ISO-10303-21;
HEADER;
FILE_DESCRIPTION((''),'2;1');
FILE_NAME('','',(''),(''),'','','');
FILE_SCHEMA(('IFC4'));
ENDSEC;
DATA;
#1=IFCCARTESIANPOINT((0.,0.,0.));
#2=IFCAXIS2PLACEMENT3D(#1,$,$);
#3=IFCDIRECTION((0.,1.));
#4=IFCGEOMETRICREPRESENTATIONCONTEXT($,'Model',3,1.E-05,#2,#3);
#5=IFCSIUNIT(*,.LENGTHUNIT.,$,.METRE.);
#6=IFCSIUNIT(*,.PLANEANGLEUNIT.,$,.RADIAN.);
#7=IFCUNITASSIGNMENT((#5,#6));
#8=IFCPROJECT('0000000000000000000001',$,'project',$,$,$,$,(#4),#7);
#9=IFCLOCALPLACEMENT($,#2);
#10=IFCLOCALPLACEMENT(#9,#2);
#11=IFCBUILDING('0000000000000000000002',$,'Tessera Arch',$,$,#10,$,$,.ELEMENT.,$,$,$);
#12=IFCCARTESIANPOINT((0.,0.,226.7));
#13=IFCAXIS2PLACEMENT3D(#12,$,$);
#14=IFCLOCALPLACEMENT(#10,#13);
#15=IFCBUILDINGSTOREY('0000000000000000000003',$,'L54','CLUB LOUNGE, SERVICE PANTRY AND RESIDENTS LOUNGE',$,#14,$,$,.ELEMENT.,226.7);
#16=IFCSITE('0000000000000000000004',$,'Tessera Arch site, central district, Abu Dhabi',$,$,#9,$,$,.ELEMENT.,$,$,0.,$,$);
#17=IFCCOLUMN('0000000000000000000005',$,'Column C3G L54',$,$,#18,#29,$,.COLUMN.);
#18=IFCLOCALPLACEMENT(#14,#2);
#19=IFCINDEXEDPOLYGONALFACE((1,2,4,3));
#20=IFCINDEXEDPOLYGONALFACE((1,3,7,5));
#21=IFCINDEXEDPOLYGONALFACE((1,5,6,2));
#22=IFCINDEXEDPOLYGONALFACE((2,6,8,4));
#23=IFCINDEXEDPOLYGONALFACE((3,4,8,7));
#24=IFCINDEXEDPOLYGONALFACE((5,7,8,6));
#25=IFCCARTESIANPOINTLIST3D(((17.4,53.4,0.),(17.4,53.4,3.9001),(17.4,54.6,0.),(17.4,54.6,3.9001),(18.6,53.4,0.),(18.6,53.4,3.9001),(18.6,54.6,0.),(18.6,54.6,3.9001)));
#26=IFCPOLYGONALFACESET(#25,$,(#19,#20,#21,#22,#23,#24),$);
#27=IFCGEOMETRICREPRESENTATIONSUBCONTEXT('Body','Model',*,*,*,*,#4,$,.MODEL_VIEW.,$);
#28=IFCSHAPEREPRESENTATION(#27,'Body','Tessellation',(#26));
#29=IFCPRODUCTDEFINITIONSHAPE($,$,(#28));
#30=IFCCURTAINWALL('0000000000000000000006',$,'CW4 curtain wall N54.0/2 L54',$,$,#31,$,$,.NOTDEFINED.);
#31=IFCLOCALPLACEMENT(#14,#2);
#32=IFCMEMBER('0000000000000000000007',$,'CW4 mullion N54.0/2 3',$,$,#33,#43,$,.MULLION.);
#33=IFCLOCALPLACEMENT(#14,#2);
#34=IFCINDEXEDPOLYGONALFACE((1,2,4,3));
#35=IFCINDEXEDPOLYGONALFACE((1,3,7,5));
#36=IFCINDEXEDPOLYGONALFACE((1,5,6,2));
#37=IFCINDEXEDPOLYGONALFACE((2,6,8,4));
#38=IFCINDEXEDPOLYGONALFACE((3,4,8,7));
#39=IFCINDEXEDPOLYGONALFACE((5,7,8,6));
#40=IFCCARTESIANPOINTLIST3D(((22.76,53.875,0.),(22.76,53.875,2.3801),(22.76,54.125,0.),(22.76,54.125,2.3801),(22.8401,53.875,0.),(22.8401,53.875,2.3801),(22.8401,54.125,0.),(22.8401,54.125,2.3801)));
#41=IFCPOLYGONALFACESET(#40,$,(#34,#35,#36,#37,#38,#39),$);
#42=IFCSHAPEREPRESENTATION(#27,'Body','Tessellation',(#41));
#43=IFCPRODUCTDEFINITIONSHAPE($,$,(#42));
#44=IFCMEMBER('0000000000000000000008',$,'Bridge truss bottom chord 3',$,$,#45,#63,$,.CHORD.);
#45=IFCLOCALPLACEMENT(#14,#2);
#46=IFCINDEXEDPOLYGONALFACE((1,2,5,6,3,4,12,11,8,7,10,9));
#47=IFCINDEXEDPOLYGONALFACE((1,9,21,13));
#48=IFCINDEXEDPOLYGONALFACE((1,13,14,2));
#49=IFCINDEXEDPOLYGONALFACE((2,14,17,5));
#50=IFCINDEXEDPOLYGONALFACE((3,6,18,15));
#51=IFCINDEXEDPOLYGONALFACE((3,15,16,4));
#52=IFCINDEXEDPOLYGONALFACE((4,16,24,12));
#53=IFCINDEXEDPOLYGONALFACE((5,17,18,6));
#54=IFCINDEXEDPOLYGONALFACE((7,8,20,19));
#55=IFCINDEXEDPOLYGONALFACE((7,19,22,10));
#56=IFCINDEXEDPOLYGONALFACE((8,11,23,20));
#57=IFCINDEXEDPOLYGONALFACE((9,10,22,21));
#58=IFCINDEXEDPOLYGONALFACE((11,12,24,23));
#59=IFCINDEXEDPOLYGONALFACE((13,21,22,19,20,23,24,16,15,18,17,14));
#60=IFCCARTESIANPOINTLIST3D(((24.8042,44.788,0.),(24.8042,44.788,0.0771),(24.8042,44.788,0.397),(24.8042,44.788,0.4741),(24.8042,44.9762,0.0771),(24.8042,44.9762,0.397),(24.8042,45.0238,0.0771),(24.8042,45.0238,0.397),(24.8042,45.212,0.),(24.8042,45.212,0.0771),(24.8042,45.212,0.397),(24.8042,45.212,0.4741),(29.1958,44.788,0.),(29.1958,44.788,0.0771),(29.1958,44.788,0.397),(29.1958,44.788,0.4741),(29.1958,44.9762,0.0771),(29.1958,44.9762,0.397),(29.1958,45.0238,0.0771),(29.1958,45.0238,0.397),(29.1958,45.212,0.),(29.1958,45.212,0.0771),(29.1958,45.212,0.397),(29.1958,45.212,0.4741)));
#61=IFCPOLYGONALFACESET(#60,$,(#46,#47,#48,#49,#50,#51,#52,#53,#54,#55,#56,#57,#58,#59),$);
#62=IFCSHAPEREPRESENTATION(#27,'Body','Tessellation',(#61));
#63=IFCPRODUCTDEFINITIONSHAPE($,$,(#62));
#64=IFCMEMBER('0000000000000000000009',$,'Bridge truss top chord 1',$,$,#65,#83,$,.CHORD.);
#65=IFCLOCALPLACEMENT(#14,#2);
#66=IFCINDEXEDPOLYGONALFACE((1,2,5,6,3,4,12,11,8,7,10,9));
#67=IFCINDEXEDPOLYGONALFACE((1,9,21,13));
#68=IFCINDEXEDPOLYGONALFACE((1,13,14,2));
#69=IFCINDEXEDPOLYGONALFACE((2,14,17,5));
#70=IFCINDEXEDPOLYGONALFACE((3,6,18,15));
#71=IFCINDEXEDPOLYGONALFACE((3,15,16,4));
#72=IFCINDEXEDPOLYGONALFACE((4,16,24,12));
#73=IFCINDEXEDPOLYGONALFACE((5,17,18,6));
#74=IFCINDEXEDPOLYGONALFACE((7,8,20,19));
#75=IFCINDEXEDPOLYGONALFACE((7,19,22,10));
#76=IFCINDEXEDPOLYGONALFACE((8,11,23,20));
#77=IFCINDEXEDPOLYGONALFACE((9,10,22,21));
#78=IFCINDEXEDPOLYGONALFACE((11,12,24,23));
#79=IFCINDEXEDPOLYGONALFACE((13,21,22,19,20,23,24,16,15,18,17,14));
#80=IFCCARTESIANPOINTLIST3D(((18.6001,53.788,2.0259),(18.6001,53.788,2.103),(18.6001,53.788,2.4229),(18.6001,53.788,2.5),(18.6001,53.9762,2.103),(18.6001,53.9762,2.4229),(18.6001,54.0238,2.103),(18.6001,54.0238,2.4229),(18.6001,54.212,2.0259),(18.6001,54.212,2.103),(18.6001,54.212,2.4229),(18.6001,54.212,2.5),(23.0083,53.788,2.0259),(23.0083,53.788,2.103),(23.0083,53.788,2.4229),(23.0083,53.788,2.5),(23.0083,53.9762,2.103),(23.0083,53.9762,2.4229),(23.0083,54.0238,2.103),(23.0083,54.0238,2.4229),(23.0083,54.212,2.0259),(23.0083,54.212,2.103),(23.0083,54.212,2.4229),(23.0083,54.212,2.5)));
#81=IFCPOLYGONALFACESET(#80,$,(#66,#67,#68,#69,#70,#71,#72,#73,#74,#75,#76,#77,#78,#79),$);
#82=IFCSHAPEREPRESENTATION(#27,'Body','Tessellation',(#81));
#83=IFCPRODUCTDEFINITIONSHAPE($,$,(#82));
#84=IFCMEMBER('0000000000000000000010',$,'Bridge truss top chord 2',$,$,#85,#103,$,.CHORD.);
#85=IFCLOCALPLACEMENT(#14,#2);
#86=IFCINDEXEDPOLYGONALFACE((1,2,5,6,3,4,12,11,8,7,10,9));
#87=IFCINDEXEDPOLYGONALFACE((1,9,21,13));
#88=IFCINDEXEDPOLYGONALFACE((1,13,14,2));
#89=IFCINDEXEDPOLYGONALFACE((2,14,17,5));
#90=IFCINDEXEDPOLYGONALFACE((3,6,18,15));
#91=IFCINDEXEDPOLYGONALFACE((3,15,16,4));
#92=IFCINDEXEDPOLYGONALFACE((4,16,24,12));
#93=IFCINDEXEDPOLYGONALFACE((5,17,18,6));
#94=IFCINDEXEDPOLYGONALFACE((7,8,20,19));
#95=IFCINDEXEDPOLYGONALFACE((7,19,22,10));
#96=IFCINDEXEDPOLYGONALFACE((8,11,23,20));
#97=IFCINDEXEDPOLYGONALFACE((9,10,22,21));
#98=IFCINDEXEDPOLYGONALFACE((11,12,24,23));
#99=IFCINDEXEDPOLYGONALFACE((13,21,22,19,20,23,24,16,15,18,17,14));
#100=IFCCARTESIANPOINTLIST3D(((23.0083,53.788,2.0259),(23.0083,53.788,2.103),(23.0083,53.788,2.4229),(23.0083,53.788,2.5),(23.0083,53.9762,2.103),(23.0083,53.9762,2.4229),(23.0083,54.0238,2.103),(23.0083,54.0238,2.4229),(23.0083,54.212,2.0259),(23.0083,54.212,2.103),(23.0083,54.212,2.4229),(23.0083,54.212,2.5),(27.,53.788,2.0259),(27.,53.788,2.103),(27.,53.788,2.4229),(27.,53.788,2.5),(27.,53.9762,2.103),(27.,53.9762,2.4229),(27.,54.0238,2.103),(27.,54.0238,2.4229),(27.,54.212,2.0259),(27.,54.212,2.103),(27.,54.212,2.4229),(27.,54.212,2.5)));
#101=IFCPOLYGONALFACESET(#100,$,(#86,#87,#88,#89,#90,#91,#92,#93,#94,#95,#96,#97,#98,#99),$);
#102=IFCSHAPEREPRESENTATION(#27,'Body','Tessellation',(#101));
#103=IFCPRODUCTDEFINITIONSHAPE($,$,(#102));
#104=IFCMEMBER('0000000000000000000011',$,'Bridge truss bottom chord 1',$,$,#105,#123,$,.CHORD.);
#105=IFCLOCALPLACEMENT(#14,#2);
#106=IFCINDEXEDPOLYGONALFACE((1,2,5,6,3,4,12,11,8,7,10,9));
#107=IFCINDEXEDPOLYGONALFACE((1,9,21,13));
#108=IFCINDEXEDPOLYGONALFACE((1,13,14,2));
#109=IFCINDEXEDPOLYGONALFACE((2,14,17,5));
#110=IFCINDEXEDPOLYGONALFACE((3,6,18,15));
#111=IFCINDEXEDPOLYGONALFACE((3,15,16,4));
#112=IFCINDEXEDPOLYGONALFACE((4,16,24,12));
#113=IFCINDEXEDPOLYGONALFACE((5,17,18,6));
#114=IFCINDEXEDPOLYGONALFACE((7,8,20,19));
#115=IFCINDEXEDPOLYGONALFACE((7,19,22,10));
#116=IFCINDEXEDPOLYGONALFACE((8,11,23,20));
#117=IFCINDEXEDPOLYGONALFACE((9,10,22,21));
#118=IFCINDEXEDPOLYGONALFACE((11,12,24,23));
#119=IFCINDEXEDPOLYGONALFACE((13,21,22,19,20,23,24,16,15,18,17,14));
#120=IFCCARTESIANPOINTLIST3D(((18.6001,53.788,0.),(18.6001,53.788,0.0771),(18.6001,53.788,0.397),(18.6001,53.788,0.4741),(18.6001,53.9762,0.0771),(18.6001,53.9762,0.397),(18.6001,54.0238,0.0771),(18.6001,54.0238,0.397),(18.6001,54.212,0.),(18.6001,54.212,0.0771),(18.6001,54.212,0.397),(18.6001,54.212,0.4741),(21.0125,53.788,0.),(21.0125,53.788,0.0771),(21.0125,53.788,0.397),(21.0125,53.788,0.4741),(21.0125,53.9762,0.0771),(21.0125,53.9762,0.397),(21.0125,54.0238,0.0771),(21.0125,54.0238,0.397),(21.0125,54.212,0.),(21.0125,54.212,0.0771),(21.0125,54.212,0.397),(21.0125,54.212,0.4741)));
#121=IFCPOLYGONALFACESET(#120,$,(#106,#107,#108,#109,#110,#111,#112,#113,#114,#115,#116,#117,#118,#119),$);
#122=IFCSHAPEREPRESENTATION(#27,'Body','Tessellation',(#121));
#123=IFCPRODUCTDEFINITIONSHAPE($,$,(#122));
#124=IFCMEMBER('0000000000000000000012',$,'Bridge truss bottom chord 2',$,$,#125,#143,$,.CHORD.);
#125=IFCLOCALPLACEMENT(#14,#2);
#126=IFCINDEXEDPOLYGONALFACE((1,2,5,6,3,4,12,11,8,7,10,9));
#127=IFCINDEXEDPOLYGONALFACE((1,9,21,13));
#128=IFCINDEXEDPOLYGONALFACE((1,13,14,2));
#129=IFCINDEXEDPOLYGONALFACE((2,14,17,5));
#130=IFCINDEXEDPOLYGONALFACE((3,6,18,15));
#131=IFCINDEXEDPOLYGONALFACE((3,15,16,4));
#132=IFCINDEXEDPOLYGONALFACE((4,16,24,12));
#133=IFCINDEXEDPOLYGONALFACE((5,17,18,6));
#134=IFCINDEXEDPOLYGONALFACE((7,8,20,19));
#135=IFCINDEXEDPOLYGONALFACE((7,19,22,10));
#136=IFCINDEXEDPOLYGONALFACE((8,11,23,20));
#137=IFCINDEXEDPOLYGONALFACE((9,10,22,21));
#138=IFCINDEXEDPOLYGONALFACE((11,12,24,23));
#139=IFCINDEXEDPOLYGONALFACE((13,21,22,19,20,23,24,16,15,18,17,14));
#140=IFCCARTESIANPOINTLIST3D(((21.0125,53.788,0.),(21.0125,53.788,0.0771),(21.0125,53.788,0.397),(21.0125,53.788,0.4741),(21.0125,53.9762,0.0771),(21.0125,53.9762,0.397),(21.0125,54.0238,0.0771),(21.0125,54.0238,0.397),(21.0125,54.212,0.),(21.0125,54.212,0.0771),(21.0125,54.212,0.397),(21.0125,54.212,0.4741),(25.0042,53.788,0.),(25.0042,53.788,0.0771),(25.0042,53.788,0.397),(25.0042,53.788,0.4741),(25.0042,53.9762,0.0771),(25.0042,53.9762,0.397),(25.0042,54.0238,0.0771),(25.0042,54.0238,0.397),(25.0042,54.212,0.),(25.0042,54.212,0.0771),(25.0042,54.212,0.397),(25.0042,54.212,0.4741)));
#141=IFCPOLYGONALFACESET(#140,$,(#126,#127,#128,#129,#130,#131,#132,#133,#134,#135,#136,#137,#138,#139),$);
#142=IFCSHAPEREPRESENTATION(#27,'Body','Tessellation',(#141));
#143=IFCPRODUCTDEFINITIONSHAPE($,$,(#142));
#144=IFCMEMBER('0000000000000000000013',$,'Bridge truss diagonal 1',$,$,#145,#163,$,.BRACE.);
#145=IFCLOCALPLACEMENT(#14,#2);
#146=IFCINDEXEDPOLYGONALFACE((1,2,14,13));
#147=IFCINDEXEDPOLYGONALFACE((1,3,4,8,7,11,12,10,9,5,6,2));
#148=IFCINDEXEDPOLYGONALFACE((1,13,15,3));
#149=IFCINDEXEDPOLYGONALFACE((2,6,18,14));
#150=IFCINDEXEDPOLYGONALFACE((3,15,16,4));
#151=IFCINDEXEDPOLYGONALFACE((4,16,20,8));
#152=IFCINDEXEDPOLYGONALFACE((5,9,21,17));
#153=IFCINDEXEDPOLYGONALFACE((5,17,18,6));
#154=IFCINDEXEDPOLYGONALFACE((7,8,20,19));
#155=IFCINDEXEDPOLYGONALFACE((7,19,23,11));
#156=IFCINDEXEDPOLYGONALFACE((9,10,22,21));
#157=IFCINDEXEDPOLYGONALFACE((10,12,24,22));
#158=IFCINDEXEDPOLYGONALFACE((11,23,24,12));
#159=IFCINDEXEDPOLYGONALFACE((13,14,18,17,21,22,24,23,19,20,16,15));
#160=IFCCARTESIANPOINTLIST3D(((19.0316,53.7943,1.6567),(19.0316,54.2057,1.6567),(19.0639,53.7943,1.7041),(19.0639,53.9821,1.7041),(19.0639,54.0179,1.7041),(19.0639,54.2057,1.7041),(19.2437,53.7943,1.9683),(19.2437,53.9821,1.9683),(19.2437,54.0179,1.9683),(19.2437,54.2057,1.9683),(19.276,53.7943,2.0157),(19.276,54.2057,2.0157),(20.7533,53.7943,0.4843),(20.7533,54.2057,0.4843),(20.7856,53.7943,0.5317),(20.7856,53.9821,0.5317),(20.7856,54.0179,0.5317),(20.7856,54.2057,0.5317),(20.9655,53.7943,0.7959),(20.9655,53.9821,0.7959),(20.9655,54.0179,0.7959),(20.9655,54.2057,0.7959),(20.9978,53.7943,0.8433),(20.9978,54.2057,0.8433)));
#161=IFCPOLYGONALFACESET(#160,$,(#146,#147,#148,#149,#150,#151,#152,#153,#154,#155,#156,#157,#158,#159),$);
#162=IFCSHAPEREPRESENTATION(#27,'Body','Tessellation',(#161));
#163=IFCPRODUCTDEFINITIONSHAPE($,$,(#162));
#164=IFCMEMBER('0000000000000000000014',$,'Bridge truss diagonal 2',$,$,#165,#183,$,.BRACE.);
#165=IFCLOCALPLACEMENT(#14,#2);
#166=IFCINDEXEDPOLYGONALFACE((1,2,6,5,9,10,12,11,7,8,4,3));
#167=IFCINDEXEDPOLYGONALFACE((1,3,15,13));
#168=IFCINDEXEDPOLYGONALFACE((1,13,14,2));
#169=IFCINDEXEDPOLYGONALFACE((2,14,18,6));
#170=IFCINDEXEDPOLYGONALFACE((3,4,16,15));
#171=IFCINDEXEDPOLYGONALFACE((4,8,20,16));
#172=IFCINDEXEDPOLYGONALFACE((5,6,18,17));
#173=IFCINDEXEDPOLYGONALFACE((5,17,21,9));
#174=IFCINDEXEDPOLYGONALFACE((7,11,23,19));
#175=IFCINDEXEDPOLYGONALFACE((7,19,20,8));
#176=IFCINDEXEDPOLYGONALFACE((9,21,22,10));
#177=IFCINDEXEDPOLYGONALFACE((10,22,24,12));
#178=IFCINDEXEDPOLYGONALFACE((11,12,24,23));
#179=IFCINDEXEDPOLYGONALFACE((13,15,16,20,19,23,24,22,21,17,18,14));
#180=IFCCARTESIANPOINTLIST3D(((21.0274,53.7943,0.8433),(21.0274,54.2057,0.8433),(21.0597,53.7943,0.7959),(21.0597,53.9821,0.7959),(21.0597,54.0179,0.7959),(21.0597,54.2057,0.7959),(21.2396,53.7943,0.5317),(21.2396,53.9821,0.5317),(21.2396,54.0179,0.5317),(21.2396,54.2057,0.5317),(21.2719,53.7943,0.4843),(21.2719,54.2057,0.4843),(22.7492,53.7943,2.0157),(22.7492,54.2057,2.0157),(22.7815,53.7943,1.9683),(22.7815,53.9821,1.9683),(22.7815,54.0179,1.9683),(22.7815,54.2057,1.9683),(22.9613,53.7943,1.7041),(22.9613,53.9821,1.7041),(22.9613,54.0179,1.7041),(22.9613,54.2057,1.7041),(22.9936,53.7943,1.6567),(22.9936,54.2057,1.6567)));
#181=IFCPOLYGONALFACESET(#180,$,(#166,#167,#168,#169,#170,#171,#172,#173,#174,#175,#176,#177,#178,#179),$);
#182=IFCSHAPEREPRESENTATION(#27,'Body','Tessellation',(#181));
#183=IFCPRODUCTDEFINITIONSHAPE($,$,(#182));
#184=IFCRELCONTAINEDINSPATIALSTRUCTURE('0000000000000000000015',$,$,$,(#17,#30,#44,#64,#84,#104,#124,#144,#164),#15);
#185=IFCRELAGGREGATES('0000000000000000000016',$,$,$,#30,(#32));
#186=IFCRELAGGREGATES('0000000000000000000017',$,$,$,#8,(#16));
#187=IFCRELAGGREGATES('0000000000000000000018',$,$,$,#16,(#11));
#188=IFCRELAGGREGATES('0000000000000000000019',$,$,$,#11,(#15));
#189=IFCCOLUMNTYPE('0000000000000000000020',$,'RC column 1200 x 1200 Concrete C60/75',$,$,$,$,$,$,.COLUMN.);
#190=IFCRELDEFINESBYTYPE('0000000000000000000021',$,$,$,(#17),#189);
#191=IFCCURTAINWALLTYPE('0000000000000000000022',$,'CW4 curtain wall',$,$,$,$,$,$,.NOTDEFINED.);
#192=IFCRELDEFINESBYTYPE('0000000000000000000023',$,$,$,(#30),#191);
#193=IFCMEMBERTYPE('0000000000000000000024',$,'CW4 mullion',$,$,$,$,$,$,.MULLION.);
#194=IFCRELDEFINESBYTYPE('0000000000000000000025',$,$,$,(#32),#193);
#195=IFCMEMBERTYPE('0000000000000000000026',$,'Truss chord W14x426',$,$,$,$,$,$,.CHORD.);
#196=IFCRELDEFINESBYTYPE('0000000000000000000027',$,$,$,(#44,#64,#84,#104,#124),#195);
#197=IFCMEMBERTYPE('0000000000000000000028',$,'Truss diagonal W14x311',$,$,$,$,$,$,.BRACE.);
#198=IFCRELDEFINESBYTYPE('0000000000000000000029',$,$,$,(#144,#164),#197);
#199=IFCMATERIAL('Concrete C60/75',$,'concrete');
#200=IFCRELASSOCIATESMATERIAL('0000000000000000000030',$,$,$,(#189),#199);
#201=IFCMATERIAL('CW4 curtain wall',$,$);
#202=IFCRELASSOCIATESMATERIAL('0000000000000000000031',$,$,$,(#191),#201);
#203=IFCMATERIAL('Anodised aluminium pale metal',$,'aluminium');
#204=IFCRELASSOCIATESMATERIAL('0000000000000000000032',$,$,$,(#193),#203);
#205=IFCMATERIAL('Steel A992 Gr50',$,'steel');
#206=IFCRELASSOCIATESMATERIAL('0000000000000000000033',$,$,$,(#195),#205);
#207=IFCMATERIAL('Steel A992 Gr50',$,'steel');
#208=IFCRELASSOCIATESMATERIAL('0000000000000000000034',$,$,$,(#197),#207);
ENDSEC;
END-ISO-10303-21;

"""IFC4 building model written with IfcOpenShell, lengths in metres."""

from ifc_helpers import new_model, si_unit, direction, frame, origin, origin_2d, place, context, subcontext, project, spatial, rectangle, i_section, extrude, material, material_profile, profile_set, type_object, element, aggregate, save


model = new_model("IFC4")

# Units and contexts
model_context = context("Model", 3, precision=1e-05, world=origin(), true_north=direction((0.0, 1.0)))
body_context = subcontext(model_context, "Body", "Model", "MODEL_VIEW")
ifc_project = project(units=[si_unit("LENGTHUNIT", "METRE"), si_unit("PLANEANGLEUNIT", "RADIAN")], contexts=[model_context])

# Site, building, storey
site_placement = place(None, origin())
site = spatial("IfcSite", under=ifc_project, at=site_placement, Name="Tessera Arch site, central district, Abu Dhabi", CompositionType="ELEMENT", RefElevation=0.0)
building_placement = place(site_placement, origin())
building = spatial("IfcBuilding", under=site, at=building_placement, Name="Tessera Arch", CompositionType="ELEMENT")
storey_placement = place(building_placement, frame((0.0, 0.0, 226.7)))
storey = spatial("IfcBuildingStorey", under=building, at=storey_placement, Name="L54", Description="CLUB LOUNGE, SERVICE PANTRY AND RESIDENTS LOUNGE", CompositionType="ELEMENT", Elevation=226.7)

# Column
ifc_material_1 = material(Name="Concrete C60/75", Category="concrete")
ifc_material_profile_1 = material_profile(ifc_material_1, rectangle(XDim=1.2, YDim=1.2, at=origin_2d()), Name="RC column 1200 x 1200 Concrete C60/75")
ifc_profile_set_1 = profile_set([ifc_material_profile_1], Name="Concrete C60/75")
column_type = type_object("IfcColumnType", Name="RC column 1200 x 1200 Concrete C60/75", PredefinedType="COLUMN", material=ifc_profile_set_1)
column_placement = place(storey_placement, frame((18.0, 54.0, 0.0), z_axis=(0.0, 0.0, 1.0), x_axis=(1.0, 0.0, 0.0)))
element("IfcColumn", 1, at=column_placement, inside=storey, type_object=column_type, Name="Column C3G L54", PredefinedType="COLUMN", context=body_context, shape_type="SweptSolid", body=[
    extrude(rectangle(XDim=1.2, YDim=1.2, at=origin_2d()), origin(), (0.0, 0.0, 1.0), 3.9001),
])

# Curtain wall, member
ifc_material_2 = material(Name="CW4 curtain wall")
curtain_wall_type = type_object("IfcCurtainWallType", Name="CW4 curtain wall", PredefinedType="NOTDEFINED", material=ifc_material_2)
curtain_wall_placement = place(storey_placement, origin())
curtain_wall = element("IfcCurtainWall", 2, at=curtain_wall_placement, inside=storey, type_object=curtain_wall_type, Name="CW4 curtain wall N54.0/2 L54", PredefinedType="NOTDEFINED")
ifc_material_3 = material(Name="Anodised aluminium pale metal", Category="aluminium")
ifc_material_profile_2 = material_profile(ifc_material_3, rectangle(XDim=0.25, YDim=0.0801, at=origin_2d()), Name="AL 80x250")
ifc_profile_set_2 = profile_set([ifc_material_profile_2], Name="Anodised aluminium pale metal")
member_type_1 = type_object("IfcMemberType", Name="CW4 mullion", PredefinedType="MULLION", material=ifc_profile_set_2)
member_1_placement = place(storey_placement, frame((22.8, 54.0, 0.0), z_axis=(0.0, 0.0, 1.0), x_axis=(0.0, -1.0, 0.0)))
member_1 = element("IfcMember", 3, at=member_1_placement, type_object=member_type_1, Name="CW4 mullion N54.0/2 3", PredefinedType="MULLION", context=body_context, shape_type="SweptSolid", body=[
    extrude(rectangle(XDim=0.25, YDim=0.0801, at=origin_2d()), origin(), (0.0, 0.0, 1.0), 2.3801),
])

# Members
ifc_material_4 = material(Name="Steel A992 Gr50", Category="steel")
ifc_material_profile_3 = material_profile(ifc_material_4, i_section(OverallWidth=0.4241, OverallDepth=0.4741, WebThickness=0.0476, FlangeThickness=0.0771, at=origin_2d()), Name="W14x426")
ifc_profile_set_3 = profile_set([ifc_material_profile_3], Name="Steel A992 Gr50")
member_type_2 = type_object("IfcMemberType", Name="Truss chord W14x426", PredefinedType="CHORD", material=ifc_profile_set_3)
member_2_placement = place(storey_placement, frame((24.8042, 45.0, 0.2371), z_axis=(1.0, 0.0, 0.0), x_axis=(0.0, 1.0, 0.0)))
element("IfcMember", 4, at=member_2_placement, inside=storey, type_object=member_type_2, Name="Bridge truss bottom chord 3", PredefinedType="CHORD", context=body_context, shape_type="SweptSolid", body=[
    extrude(i_section(OverallWidth=0.4241, OverallDepth=0.4741, WebThickness=0.0476, FlangeThickness=0.0771, at=origin_2d()), origin(), (0.0, 0.0, 1.0), 4.3916),
])
member_3_placement = place(storey_placement, frame((18.6001, 54.0, 2.2629), z_axis=(1.0, 0.0, 0.0), x_axis=(0.0, 1.0, 0.0)))
element("IfcMember", 5, at=member_3_placement, inside=storey, type_object=member_type_2, Name="Bridge truss top chord 1", PredefinedType="CHORD", context=body_context, shape_type="SweptSolid", body=[
    extrude(i_section(OverallWidth=0.4241, OverallDepth=0.4741, WebThickness=0.0476, FlangeThickness=0.0771, at=origin_2d()), origin(), (0.0, 0.0, 1.0), 4.4082),
])
member_4_placement = place(storey_placement, frame((23.0083, 54.0, 2.2629), z_axis=(1.0, 0.0, 0.0), x_axis=(0.0, 1.0, 0.0)))
element("IfcMember", 6, at=member_4_placement, inside=storey, type_object=member_type_2, Name="Bridge truss top chord 2", PredefinedType="CHORD", context=body_context, shape_type="SweptSolid", body=[
    extrude(i_section(OverallWidth=0.4241, OverallDepth=0.4741, WebThickness=0.0476, FlangeThickness=0.0771, at=origin_2d()), origin(), (0.0, 0.0, 1.0), 3.9917),
])
member_5_placement = place(storey_placement, frame((18.6001, 54.0, 0.2371), z_axis=(1.0, 0.0, 0.0), x_axis=(0.0, 1.0, 0.0)))
element("IfcMember", 7, at=member_5_placement, inside=storey, type_object=member_type_2, Name="Bridge truss bottom chord 1", PredefinedType="CHORD", context=body_context, shape_type="SweptSolid", body=[
    extrude(i_section(OverallWidth=0.4241, OverallDepth=0.4741, WebThickness=0.0476, FlangeThickness=0.0771, at=origin_2d()), origin(), (0.0, 0.0, 1.0), 2.4124),
])
member_6_placement = place(storey_placement, frame((21.0125, 54.0, 0.2371), z_axis=(1.0, 0.0, 0.0), x_axis=(0.0, 1.0, 0.0)))
element("IfcMember", 8, at=member_6_placement, inside=storey, type_object=member_type_2, Name="Bridge truss bottom chord 2", PredefinedType="CHORD", context=body_context, shape_type="SweptSolid", body=[
    extrude(i_section(OverallWidth=0.4241, OverallDepth=0.4741, WebThickness=0.0476, FlangeThickness=0.0771, at=origin_2d()), origin(), (0.0, 0.0, 1.0), 3.9917),
])
ifc_material_5 = material(Name="Steel A992 Gr50", Category="steel")
ifc_material_profile_4 = material_profile(ifc_material_5, i_section(OverallWidth=0.4114, OverallDepth=0.4343, WebThickness=0.0359, FlangeThickness=0.0574, at=origin_2d()), Name="W14x311")
ifc_profile_set_4 = profile_set([ifc_material_profile_4], Name="Steel A992 Gr50")
member_type_3 = type_object("IfcMemberType", Name="Truss diagonal W14x311", PredefinedType="BRACE", material=ifc_profile_set_4)
for number, where, z_axis, x_axis, name in (
    (9, (19.1538, 54.0, 1.8362), (0.826564, 0.0, -0.562842), (0.0, 1.0, 0.0), "Bridge truss diagonal 1"),
    (10, (21.1497, 54.0, 0.6638), (0.826564, 0.0, 0.562842), (0.0, 1.0, 0.0), "Bridge truss diagonal 2"),
):
    element("IfcMember", number, at=place(storey_placement, frame(where, z_axis=z_axis, x_axis=x_axis)), inside=storey, type_object=member_type_3, Name=name, PredefinedType="BRACE", context=body_context, shape_type="SweptSolid", body=[
        extrude(i_section(OverallWidth=0.4114, OverallDepth=0.4343, WebThickness=0.0359, FlangeThickness=0.0574, at=origin_2d()), origin(), (0.0, 0.0, 1.0), 2.083),
    ])

aggregate(curtain_wall, [member_1])

save(model, "model.ifc")
